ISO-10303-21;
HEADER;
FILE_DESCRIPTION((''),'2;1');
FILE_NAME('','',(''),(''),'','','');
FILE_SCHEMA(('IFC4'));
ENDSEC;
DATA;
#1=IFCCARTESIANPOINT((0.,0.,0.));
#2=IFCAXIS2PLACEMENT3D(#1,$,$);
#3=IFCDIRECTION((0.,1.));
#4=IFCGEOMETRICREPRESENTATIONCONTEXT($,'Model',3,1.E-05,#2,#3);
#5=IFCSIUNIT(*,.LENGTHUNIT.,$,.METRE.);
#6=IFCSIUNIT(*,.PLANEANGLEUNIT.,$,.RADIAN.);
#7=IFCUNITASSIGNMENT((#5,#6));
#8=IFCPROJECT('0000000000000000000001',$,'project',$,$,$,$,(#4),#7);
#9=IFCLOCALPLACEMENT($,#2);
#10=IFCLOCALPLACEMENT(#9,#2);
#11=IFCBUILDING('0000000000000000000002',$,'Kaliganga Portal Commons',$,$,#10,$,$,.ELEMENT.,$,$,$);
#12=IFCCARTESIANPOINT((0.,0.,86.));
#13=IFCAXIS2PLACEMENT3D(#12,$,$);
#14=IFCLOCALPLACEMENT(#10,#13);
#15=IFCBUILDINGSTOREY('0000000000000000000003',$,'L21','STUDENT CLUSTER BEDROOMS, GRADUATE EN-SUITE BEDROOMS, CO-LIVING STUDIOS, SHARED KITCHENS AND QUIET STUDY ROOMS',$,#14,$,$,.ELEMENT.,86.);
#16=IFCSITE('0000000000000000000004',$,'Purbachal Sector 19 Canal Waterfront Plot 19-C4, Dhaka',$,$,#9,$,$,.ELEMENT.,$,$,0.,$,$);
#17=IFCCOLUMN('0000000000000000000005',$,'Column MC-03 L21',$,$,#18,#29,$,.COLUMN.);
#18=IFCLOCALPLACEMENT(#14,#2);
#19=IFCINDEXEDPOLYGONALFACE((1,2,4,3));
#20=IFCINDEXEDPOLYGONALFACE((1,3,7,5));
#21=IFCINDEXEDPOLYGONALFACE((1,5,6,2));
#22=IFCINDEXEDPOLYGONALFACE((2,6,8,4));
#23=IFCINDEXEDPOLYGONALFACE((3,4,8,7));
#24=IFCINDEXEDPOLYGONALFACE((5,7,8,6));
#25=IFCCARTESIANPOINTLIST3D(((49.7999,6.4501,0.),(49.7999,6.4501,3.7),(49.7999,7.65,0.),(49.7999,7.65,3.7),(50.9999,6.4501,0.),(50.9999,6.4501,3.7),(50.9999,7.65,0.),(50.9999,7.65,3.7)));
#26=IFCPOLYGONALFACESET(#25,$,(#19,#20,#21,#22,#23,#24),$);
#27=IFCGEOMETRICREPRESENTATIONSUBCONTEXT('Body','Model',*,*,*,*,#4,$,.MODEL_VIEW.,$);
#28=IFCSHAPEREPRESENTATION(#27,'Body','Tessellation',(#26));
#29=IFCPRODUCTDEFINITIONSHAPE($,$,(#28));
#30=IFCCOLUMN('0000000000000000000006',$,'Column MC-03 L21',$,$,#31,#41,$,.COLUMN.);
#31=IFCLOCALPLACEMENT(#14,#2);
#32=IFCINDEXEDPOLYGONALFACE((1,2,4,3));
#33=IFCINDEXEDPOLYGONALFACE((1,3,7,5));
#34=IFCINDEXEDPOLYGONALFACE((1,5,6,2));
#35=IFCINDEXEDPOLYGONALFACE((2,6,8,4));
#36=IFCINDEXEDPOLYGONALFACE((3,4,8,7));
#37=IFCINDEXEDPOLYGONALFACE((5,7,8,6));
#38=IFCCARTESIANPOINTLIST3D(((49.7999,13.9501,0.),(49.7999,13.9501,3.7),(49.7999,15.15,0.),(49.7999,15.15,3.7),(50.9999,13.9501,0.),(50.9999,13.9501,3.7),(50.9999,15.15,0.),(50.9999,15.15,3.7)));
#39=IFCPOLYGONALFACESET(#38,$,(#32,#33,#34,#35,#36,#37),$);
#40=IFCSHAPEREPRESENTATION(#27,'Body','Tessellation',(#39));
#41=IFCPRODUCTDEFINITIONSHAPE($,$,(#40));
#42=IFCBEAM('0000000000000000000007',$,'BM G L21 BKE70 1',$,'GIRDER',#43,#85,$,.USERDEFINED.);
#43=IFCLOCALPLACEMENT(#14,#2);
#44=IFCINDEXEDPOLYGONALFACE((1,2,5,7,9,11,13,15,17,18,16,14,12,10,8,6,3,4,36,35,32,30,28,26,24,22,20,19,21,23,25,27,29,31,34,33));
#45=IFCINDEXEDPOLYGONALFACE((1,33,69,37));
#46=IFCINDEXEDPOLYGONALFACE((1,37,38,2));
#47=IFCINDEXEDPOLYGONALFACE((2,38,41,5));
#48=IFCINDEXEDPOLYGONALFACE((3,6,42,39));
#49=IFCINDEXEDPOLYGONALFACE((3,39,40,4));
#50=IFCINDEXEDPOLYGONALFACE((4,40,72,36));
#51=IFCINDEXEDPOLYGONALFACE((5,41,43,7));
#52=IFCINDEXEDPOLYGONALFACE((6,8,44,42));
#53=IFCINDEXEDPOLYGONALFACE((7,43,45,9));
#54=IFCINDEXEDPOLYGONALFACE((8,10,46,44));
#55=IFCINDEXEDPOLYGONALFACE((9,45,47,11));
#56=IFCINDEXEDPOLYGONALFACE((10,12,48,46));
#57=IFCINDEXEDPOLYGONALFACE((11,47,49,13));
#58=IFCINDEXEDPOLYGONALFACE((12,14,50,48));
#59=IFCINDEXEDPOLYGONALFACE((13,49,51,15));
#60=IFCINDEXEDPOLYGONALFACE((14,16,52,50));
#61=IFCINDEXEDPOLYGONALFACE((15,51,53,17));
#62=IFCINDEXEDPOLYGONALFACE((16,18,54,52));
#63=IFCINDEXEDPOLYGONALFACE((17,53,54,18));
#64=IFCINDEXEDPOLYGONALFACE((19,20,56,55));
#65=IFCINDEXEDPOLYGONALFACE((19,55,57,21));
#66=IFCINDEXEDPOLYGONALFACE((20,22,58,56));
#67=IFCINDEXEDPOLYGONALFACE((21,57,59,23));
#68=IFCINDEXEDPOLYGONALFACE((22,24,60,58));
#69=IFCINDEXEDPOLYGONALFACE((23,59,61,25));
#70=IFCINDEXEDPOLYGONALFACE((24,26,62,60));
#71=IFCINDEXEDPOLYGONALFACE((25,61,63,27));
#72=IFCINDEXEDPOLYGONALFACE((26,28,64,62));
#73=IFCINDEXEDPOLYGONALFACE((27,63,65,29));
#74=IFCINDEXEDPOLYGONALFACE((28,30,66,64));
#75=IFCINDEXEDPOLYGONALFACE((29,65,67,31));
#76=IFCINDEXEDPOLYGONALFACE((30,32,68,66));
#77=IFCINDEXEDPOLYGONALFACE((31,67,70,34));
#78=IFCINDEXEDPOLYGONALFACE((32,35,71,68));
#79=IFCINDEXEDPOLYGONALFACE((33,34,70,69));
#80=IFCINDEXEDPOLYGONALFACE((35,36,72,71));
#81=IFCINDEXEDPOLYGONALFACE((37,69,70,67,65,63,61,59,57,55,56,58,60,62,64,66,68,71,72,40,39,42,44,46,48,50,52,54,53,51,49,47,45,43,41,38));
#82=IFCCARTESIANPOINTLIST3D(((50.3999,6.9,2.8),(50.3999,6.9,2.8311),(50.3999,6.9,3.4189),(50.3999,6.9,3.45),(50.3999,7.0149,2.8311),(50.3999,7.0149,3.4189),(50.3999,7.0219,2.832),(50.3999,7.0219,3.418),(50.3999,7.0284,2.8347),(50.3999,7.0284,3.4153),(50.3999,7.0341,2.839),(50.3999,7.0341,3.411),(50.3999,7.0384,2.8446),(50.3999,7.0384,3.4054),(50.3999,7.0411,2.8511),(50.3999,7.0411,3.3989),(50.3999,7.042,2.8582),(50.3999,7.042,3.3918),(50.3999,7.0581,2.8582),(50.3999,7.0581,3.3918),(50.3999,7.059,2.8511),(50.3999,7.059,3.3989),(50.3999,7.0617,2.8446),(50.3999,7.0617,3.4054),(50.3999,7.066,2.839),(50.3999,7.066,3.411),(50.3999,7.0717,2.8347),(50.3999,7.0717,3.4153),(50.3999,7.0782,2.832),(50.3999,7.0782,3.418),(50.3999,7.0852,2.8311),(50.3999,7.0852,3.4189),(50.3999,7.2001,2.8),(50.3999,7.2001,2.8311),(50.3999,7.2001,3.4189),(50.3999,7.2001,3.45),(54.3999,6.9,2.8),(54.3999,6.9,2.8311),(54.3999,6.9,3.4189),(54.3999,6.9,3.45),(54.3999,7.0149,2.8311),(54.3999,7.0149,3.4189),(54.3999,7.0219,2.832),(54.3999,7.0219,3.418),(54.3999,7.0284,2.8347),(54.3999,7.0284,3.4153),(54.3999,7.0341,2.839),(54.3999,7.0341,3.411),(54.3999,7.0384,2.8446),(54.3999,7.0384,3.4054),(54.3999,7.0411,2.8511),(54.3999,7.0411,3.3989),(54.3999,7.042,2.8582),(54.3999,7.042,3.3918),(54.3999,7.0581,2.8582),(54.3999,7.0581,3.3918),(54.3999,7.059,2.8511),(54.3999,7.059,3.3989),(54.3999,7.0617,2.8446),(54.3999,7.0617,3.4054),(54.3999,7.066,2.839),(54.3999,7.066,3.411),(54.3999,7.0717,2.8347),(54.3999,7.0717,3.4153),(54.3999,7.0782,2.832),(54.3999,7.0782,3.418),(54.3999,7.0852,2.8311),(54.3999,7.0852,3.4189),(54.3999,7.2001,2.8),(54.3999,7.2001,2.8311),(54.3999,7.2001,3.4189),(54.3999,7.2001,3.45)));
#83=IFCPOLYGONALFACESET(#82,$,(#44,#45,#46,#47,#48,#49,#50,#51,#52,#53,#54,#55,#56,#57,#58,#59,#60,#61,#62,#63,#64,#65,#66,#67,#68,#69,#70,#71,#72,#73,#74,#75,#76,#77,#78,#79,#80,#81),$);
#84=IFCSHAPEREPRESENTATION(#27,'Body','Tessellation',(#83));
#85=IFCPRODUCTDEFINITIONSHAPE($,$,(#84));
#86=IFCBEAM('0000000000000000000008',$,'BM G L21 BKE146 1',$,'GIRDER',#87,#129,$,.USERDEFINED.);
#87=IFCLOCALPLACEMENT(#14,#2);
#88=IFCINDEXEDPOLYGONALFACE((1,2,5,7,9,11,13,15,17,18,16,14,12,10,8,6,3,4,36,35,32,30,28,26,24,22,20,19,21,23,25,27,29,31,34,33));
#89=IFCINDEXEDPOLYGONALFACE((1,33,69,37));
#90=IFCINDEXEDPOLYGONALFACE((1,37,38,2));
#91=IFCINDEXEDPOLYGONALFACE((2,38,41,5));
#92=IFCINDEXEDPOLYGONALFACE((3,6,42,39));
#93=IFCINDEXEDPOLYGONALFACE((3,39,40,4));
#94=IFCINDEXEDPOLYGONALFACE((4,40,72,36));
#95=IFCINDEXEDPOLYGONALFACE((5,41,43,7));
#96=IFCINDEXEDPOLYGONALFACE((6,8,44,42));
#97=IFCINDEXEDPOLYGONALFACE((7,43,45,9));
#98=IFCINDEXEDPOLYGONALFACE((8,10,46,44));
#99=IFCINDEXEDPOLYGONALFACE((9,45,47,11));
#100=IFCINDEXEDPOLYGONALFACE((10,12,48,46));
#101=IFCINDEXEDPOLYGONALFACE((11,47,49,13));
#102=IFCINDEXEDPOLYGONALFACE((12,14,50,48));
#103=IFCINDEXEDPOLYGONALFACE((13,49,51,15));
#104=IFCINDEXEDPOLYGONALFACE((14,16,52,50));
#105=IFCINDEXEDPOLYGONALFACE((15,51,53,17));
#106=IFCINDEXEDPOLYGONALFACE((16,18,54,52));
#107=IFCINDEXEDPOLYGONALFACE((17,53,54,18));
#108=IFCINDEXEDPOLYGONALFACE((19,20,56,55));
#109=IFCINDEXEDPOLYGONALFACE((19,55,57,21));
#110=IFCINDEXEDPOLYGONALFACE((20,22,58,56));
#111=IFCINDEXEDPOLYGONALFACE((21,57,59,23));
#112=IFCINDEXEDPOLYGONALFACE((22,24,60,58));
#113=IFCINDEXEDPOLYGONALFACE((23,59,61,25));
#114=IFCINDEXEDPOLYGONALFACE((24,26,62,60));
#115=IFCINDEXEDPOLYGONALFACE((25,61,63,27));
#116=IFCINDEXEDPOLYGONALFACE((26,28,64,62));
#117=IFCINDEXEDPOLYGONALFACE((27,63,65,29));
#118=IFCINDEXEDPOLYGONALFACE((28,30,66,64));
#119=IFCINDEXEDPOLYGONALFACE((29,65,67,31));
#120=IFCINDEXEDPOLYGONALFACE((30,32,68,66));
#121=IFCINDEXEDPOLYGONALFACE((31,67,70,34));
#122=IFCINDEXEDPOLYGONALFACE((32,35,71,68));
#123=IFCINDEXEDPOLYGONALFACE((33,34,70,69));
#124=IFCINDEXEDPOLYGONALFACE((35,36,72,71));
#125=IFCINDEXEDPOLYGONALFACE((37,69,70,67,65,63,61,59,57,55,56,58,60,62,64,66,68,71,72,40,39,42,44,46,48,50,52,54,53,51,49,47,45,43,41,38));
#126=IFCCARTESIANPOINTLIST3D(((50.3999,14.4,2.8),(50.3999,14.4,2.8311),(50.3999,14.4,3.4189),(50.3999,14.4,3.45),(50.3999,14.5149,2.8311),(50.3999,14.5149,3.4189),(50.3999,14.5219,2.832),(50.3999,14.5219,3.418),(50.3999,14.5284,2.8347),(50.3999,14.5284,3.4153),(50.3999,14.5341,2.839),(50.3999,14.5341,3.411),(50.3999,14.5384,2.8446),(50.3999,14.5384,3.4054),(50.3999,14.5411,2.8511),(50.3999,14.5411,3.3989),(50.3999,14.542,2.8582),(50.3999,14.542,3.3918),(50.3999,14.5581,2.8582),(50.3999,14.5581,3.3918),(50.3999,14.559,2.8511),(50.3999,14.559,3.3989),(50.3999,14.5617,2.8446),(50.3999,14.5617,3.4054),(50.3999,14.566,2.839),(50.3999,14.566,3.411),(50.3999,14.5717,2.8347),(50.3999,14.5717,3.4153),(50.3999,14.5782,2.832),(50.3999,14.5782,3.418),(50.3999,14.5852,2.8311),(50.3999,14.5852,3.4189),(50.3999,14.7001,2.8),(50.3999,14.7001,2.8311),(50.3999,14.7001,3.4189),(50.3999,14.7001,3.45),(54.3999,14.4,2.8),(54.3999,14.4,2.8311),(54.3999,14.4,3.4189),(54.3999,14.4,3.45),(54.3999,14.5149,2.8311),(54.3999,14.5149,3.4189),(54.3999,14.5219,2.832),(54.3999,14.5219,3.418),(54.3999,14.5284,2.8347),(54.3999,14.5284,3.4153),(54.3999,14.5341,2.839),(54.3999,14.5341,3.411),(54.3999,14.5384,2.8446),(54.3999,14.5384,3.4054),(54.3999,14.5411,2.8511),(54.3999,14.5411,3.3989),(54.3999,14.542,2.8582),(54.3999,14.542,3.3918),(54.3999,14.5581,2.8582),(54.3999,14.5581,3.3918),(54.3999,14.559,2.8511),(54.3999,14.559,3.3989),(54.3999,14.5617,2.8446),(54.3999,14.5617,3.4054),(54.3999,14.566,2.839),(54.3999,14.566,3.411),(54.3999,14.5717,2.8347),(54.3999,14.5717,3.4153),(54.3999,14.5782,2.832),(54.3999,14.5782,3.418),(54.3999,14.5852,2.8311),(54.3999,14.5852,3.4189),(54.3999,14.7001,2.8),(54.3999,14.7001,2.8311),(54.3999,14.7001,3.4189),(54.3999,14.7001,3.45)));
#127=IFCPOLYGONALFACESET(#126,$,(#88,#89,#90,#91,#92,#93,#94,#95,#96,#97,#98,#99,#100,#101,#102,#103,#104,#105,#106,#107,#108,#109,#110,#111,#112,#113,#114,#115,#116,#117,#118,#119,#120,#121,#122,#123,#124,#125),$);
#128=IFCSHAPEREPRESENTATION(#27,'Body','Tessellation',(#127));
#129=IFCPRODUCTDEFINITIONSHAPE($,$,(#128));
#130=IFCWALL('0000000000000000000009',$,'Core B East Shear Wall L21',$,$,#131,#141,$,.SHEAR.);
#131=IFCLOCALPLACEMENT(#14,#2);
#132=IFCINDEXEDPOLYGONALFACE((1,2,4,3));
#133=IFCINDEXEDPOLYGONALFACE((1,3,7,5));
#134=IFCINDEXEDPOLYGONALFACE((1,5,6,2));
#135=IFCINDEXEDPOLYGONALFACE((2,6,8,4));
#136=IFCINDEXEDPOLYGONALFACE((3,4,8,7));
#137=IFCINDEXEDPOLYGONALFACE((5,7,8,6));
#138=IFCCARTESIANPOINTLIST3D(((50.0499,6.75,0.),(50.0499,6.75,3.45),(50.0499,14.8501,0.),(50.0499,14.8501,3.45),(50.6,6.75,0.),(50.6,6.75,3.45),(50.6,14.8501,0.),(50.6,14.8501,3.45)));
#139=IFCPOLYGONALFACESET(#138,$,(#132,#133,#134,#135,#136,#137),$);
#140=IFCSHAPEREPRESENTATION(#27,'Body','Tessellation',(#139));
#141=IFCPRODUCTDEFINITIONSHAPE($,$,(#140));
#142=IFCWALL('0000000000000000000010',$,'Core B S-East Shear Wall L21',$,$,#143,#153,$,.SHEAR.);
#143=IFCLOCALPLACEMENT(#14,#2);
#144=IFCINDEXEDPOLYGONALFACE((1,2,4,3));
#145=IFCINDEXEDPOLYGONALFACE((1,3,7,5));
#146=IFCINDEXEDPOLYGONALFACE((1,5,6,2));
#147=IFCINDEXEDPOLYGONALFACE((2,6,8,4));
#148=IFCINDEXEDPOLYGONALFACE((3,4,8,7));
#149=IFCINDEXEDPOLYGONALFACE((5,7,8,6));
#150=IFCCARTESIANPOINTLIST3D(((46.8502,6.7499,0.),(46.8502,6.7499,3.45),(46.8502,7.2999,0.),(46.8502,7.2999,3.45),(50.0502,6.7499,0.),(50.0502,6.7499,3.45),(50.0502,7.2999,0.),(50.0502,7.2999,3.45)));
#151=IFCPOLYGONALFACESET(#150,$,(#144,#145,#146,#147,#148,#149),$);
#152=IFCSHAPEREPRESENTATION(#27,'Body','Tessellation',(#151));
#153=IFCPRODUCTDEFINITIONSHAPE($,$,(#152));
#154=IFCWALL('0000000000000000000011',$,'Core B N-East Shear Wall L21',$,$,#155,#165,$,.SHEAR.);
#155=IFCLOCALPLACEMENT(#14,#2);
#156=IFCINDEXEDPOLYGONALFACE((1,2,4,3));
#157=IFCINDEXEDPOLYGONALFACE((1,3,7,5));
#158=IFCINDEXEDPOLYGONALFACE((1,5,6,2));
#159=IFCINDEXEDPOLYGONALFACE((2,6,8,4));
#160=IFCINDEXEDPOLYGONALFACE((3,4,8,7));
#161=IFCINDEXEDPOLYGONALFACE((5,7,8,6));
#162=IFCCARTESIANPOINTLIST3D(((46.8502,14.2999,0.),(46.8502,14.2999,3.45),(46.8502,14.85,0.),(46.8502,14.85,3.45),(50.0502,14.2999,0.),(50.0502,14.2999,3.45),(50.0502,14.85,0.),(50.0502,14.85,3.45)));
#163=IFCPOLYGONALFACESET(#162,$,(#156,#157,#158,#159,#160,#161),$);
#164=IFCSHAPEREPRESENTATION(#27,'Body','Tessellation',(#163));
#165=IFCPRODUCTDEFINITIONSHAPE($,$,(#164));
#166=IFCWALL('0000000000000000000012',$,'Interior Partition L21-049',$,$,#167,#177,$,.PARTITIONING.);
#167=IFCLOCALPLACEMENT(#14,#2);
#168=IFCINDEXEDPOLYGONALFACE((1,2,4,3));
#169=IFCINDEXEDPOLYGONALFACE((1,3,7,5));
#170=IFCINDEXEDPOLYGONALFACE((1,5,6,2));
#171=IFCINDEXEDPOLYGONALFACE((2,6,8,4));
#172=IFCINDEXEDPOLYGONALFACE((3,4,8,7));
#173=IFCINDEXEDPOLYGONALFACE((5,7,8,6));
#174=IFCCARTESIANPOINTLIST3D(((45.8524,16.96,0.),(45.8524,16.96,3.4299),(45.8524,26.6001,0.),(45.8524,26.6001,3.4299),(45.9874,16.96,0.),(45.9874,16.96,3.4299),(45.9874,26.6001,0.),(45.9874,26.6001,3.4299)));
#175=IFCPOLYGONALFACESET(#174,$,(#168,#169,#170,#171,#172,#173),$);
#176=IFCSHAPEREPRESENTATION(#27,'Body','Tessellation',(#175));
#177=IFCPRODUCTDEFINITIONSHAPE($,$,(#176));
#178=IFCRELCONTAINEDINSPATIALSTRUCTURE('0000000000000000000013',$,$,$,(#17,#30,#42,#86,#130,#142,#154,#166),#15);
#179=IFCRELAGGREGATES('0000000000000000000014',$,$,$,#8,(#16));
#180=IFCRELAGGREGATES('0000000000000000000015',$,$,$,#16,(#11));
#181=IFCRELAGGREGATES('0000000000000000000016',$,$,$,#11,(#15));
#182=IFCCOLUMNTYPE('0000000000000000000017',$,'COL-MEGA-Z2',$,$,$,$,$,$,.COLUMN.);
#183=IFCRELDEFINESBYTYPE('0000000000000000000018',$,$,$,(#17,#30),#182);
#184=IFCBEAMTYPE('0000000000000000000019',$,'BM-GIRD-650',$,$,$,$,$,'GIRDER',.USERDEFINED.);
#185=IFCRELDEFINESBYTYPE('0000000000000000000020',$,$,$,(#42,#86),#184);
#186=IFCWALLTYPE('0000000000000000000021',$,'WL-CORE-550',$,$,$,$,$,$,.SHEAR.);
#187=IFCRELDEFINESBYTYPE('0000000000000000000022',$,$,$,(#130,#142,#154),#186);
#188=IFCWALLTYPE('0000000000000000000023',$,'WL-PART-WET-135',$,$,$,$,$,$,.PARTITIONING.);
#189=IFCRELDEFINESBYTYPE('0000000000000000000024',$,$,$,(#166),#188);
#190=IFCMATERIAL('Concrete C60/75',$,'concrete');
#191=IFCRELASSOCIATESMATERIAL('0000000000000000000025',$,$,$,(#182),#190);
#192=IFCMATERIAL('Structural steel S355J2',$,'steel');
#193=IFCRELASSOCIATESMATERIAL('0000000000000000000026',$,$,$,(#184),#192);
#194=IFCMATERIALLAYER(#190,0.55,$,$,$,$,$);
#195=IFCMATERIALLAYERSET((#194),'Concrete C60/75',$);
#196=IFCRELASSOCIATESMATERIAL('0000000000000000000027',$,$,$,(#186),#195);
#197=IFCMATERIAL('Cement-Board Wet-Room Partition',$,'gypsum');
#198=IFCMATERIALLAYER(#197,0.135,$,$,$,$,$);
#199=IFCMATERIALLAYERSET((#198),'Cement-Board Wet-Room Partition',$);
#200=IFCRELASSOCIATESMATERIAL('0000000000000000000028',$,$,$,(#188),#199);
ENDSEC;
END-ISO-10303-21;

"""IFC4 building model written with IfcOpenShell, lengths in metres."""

from ifc_helpers import new_model, si_unit, direction, frame, frame_2d, origin, origin_2d, place, context, subcontext, project, spatial, rectangle, i_section, extrude, source, transform, mapped, material, layer, layer_set, material_profile, profile_set, type_object, element, save


model = new_model("IFC4")

# Units and contexts
model_context = context("Model", 3, precision=1e-05, world=origin(), true_north=direction((0.0, 1.0)))
body_context = subcontext(model_context, "Body", "Model", "MODEL_VIEW")
ifc_project = project(units=[si_unit("LENGTHUNIT", "METRE"), si_unit("PLANEANGLEUNIT", "RADIAN")], contexts=[model_context])

# Site, building, storey
site_placement = place(None, origin())
site = spatial("IfcSite", under=ifc_project, at=site_placement, Name="Purbachal Sector 19 Canal Waterfront Plot 19-C4, Dhaka", CompositionType="ELEMENT", RefElevation=0.0)
building_placement = place(site_placement, origin())
building = spatial("IfcBuilding", under=site, at=building_placement, Name="Kaliganga Portal Commons", CompositionType="ELEMENT")
storey_placement = place(building_placement, frame((0.0, 0.0, 86.0)))
storey = spatial("IfcBuildingStorey", under=building, at=storey_placement, Name="L21", Description="STUDENT CLUSTER BEDROOMS, GRADUATE EN-SUITE BEDROOMS, CO-LIVING STUDIOS, SHARED KITCHENS AND QUIET STUDY ROOMS", CompositionType="ELEMENT", Elevation=86.0)

# Columns
ifc_material_1 = material(Name="Concrete C60/75", Category="concrete")
ifc_material_profile_1 = material_profile(ifc_material_1, rectangle(XDim=1.2, YDim=1.2, at=origin_2d()), Name="RC 1200x1200")
ifc_profile_set_1 = profile_set([ifc_material_profile_1], Name="Concrete C60/75")
column_type = type_object("IfcColumnType", Name="COL-MEGA-Z2", PredefinedType="COLUMN", material=ifc_profile_set_1)
shared_shape_1 = source(origin(), body_context, "Body", "SweptSolid", [
    extrude(rectangle(XDim=1.2, YDim=1.2, at=origin_2d()), origin(), (0.0, 0.0, 1.0), 3.7),
])
for number, where, z_axis, x_axis, name in (
    (1, (50.3999, 7.05, 0.0), (0.0, 0.0, 1.0), (1.0, 0.0, 0.0), "Column MC-03 L21"),
    (2, (50.3999, 14.55, 0.0), (0.0, 0.0, 1.0), (1.0, 0.0, 0.0), "Column MC-03 L21"),
):
    element("IfcColumn", number, at=place(storey_placement, frame(where, z_axis=z_axis, x_axis=x_axis)), inside=storey, type_object=column_type, Name=name, PredefinedType="COLUMN", context=body_context, shape_type="MappedRepresentation", body=[
        mapped(shared_shape_1, transform((0.0, 0.0, 0.0), x_axis=(1.0, 0.0, 0.0), y_axis=(0.0, 1.0, 0.0), z_axis=(0.0, 0.0, 1.0), scale=1.0)),
    ])

# Beams
ifc_material_2 = material(Name="Structural steel S355J2", Category="steel")
ifc_material_profile_2 = material_profile(ifc_material_2, i_section(OverallWidth=0.3, OverallDepth=0.6499, WebThickness=0.0161, FlangeThickness=0.031, FilletRadius=0.0271, at=origin_2d()), Name="HE 650 B")
ifc_profile_set_2 = profile_set([ifc_material_profile_2], Name="Structural steel S355J2 wide-flange")
beam_type = type_object("IfcBeamType", Name="BM-GIRD-650", ElementType="GIRDER", PredefinedType="USERDEFINED", material=ifc_profile_set_2)
shared_shape_2 = source(origin(), body_context, "Body", "SweptSolid", [
    extrude(i_section(OverallWidth=0.3, OverallDepth=0.6499, WebThickness=0.0161, FlangeThickness=0.031, FilletRadius=0.0271, at=origin_2d()), origin(), (0.0, 0.0, 1.0), 4.0),
])
for number, where, z_axis, x_axis, name in (
    (3, (50.3999, 7.05, 3.125), (1.0, 0.0, 0.0), (0.0, 1.0, 0.0), "BM G L21 BKE70 1"),
    (4, (50.3999, 14.55, 3.125), (1.0, 0.0, 0.0), (0.0, 1.0, 0.0), "BM G L21 BKE146 1"),
):
    element("IfcBeam", number, at=place(storey_placement, frame(where, z_axis=z_axis, x_axis=x_axis)), inside=storey, type_object=beam_type, Name=name, ObjectType="GIRDER", PredefinedType="USERDEFINED", context=body_context, shape_type="MappedRepresentation", body=[
        mapped(shared_shape_2, transform((0.0, 0.0, 0.0), x_axis=(1.0, 0.0, 0.0), y_axis=(0.0, 1.0, 0.0), z_axis=(0.0, 0.0, 1.0), scale=1.0)),
    ])

# Walls
ifc_layer_1 = layer(ifc_material_1, 0.55)
ifc_layer_set_1 = layer_set([ifc_layer_1], Name="Concrete C60/75")
wall_type_1 = type_object("IfcWallType", Name="WL-CORE-550", PredefinedType="SHEAR", material=ifc_layer_set_1)
wall_1_placement = place(storey_placement, frame((50.325, 6.75, 0.0), z_axis=(0.0, 0.0, 1.0), x_axis=(0.0, 1.0, 0.0)))
element("IfcWall", 5, at=wall_1_placement, inside=storey, type_object=wall_type_1, Name="Core B East Shear Wall L21", PredefinedType="SHEAR", context=body_context, shape_type="SweptSolid", body=[
    extrude(rectangle(XDim=8.1001, YDim=0.55, at=frame_2d((4.05, 0.0))), origin(), (0.0, 0.0, 1.0), 3.45),
])
for number, where, z_axis, x_axis, name in (
    (6, (46.8501, 7.0249, 0.0), (0.0, 0.0, 1.0), (1.0, 0.0, 0.0), "Core B S-East Shear Wall L21"),
    (7, (46.8501, 14.575, 0.0), (0.0, 0.0, 1.0), (1.0, 0.0, 0.0), "Core B N-East Shear Wall L21"),
):
    element("IfcWall", number, at=place(storey_placement, frame(where, z_axis=z_axis, x_axis=x_axis)), inside=storey, type_object=wall_type_1, Name=name, PredefinedType="SHEAR", context=body_context, shape_type="SweptSolid", body=[
        extrude(rectangle(XDim=3.2, YDim=0.55, at=frame_2d((1.6001, 0.0))), origin(), (0.0, 0.0, 1.0), 3.45),
    ])

# Wall
ifc_material_3 = material(Name="Cement-Board Wet-Room Partition", Category="gypsum")
ifc_layer_2 = layer(ifc_material_3, 0.135)
ifc_layer_set_2 = layer_set([ifc_layer_2], Name="Cement-Board Wet-Room Partition")
wall_type_2 = type_object("IfcWallType", Name="WL-PART-WET-135", PredefinedType="PARTITIONING", material=ifc_layer_set_2)
wall_2_placement = place(storey_placement, frame((45.9199, 16.96, 0.0), z_axis=(0.0, 0.0, 1.0), x_axis=(0.0, 1.0, 0.0)))
element("IfcWall", 8, at=wall_2_placement, inside=storey, type_object=wall_type_2, Name="Interior Partition L21-049", PredefinedType="PARTITIONING", context=body_context, shape_type="SweptSolid", body=[
    extrude(rectangle(XDim=9.6401, YDim=0.135, at=frame_2d((4.8201, 0.0))), origin(), (0.0, 0.0, 1.0), 3.4299),
])

save(model, "model.ifc")
